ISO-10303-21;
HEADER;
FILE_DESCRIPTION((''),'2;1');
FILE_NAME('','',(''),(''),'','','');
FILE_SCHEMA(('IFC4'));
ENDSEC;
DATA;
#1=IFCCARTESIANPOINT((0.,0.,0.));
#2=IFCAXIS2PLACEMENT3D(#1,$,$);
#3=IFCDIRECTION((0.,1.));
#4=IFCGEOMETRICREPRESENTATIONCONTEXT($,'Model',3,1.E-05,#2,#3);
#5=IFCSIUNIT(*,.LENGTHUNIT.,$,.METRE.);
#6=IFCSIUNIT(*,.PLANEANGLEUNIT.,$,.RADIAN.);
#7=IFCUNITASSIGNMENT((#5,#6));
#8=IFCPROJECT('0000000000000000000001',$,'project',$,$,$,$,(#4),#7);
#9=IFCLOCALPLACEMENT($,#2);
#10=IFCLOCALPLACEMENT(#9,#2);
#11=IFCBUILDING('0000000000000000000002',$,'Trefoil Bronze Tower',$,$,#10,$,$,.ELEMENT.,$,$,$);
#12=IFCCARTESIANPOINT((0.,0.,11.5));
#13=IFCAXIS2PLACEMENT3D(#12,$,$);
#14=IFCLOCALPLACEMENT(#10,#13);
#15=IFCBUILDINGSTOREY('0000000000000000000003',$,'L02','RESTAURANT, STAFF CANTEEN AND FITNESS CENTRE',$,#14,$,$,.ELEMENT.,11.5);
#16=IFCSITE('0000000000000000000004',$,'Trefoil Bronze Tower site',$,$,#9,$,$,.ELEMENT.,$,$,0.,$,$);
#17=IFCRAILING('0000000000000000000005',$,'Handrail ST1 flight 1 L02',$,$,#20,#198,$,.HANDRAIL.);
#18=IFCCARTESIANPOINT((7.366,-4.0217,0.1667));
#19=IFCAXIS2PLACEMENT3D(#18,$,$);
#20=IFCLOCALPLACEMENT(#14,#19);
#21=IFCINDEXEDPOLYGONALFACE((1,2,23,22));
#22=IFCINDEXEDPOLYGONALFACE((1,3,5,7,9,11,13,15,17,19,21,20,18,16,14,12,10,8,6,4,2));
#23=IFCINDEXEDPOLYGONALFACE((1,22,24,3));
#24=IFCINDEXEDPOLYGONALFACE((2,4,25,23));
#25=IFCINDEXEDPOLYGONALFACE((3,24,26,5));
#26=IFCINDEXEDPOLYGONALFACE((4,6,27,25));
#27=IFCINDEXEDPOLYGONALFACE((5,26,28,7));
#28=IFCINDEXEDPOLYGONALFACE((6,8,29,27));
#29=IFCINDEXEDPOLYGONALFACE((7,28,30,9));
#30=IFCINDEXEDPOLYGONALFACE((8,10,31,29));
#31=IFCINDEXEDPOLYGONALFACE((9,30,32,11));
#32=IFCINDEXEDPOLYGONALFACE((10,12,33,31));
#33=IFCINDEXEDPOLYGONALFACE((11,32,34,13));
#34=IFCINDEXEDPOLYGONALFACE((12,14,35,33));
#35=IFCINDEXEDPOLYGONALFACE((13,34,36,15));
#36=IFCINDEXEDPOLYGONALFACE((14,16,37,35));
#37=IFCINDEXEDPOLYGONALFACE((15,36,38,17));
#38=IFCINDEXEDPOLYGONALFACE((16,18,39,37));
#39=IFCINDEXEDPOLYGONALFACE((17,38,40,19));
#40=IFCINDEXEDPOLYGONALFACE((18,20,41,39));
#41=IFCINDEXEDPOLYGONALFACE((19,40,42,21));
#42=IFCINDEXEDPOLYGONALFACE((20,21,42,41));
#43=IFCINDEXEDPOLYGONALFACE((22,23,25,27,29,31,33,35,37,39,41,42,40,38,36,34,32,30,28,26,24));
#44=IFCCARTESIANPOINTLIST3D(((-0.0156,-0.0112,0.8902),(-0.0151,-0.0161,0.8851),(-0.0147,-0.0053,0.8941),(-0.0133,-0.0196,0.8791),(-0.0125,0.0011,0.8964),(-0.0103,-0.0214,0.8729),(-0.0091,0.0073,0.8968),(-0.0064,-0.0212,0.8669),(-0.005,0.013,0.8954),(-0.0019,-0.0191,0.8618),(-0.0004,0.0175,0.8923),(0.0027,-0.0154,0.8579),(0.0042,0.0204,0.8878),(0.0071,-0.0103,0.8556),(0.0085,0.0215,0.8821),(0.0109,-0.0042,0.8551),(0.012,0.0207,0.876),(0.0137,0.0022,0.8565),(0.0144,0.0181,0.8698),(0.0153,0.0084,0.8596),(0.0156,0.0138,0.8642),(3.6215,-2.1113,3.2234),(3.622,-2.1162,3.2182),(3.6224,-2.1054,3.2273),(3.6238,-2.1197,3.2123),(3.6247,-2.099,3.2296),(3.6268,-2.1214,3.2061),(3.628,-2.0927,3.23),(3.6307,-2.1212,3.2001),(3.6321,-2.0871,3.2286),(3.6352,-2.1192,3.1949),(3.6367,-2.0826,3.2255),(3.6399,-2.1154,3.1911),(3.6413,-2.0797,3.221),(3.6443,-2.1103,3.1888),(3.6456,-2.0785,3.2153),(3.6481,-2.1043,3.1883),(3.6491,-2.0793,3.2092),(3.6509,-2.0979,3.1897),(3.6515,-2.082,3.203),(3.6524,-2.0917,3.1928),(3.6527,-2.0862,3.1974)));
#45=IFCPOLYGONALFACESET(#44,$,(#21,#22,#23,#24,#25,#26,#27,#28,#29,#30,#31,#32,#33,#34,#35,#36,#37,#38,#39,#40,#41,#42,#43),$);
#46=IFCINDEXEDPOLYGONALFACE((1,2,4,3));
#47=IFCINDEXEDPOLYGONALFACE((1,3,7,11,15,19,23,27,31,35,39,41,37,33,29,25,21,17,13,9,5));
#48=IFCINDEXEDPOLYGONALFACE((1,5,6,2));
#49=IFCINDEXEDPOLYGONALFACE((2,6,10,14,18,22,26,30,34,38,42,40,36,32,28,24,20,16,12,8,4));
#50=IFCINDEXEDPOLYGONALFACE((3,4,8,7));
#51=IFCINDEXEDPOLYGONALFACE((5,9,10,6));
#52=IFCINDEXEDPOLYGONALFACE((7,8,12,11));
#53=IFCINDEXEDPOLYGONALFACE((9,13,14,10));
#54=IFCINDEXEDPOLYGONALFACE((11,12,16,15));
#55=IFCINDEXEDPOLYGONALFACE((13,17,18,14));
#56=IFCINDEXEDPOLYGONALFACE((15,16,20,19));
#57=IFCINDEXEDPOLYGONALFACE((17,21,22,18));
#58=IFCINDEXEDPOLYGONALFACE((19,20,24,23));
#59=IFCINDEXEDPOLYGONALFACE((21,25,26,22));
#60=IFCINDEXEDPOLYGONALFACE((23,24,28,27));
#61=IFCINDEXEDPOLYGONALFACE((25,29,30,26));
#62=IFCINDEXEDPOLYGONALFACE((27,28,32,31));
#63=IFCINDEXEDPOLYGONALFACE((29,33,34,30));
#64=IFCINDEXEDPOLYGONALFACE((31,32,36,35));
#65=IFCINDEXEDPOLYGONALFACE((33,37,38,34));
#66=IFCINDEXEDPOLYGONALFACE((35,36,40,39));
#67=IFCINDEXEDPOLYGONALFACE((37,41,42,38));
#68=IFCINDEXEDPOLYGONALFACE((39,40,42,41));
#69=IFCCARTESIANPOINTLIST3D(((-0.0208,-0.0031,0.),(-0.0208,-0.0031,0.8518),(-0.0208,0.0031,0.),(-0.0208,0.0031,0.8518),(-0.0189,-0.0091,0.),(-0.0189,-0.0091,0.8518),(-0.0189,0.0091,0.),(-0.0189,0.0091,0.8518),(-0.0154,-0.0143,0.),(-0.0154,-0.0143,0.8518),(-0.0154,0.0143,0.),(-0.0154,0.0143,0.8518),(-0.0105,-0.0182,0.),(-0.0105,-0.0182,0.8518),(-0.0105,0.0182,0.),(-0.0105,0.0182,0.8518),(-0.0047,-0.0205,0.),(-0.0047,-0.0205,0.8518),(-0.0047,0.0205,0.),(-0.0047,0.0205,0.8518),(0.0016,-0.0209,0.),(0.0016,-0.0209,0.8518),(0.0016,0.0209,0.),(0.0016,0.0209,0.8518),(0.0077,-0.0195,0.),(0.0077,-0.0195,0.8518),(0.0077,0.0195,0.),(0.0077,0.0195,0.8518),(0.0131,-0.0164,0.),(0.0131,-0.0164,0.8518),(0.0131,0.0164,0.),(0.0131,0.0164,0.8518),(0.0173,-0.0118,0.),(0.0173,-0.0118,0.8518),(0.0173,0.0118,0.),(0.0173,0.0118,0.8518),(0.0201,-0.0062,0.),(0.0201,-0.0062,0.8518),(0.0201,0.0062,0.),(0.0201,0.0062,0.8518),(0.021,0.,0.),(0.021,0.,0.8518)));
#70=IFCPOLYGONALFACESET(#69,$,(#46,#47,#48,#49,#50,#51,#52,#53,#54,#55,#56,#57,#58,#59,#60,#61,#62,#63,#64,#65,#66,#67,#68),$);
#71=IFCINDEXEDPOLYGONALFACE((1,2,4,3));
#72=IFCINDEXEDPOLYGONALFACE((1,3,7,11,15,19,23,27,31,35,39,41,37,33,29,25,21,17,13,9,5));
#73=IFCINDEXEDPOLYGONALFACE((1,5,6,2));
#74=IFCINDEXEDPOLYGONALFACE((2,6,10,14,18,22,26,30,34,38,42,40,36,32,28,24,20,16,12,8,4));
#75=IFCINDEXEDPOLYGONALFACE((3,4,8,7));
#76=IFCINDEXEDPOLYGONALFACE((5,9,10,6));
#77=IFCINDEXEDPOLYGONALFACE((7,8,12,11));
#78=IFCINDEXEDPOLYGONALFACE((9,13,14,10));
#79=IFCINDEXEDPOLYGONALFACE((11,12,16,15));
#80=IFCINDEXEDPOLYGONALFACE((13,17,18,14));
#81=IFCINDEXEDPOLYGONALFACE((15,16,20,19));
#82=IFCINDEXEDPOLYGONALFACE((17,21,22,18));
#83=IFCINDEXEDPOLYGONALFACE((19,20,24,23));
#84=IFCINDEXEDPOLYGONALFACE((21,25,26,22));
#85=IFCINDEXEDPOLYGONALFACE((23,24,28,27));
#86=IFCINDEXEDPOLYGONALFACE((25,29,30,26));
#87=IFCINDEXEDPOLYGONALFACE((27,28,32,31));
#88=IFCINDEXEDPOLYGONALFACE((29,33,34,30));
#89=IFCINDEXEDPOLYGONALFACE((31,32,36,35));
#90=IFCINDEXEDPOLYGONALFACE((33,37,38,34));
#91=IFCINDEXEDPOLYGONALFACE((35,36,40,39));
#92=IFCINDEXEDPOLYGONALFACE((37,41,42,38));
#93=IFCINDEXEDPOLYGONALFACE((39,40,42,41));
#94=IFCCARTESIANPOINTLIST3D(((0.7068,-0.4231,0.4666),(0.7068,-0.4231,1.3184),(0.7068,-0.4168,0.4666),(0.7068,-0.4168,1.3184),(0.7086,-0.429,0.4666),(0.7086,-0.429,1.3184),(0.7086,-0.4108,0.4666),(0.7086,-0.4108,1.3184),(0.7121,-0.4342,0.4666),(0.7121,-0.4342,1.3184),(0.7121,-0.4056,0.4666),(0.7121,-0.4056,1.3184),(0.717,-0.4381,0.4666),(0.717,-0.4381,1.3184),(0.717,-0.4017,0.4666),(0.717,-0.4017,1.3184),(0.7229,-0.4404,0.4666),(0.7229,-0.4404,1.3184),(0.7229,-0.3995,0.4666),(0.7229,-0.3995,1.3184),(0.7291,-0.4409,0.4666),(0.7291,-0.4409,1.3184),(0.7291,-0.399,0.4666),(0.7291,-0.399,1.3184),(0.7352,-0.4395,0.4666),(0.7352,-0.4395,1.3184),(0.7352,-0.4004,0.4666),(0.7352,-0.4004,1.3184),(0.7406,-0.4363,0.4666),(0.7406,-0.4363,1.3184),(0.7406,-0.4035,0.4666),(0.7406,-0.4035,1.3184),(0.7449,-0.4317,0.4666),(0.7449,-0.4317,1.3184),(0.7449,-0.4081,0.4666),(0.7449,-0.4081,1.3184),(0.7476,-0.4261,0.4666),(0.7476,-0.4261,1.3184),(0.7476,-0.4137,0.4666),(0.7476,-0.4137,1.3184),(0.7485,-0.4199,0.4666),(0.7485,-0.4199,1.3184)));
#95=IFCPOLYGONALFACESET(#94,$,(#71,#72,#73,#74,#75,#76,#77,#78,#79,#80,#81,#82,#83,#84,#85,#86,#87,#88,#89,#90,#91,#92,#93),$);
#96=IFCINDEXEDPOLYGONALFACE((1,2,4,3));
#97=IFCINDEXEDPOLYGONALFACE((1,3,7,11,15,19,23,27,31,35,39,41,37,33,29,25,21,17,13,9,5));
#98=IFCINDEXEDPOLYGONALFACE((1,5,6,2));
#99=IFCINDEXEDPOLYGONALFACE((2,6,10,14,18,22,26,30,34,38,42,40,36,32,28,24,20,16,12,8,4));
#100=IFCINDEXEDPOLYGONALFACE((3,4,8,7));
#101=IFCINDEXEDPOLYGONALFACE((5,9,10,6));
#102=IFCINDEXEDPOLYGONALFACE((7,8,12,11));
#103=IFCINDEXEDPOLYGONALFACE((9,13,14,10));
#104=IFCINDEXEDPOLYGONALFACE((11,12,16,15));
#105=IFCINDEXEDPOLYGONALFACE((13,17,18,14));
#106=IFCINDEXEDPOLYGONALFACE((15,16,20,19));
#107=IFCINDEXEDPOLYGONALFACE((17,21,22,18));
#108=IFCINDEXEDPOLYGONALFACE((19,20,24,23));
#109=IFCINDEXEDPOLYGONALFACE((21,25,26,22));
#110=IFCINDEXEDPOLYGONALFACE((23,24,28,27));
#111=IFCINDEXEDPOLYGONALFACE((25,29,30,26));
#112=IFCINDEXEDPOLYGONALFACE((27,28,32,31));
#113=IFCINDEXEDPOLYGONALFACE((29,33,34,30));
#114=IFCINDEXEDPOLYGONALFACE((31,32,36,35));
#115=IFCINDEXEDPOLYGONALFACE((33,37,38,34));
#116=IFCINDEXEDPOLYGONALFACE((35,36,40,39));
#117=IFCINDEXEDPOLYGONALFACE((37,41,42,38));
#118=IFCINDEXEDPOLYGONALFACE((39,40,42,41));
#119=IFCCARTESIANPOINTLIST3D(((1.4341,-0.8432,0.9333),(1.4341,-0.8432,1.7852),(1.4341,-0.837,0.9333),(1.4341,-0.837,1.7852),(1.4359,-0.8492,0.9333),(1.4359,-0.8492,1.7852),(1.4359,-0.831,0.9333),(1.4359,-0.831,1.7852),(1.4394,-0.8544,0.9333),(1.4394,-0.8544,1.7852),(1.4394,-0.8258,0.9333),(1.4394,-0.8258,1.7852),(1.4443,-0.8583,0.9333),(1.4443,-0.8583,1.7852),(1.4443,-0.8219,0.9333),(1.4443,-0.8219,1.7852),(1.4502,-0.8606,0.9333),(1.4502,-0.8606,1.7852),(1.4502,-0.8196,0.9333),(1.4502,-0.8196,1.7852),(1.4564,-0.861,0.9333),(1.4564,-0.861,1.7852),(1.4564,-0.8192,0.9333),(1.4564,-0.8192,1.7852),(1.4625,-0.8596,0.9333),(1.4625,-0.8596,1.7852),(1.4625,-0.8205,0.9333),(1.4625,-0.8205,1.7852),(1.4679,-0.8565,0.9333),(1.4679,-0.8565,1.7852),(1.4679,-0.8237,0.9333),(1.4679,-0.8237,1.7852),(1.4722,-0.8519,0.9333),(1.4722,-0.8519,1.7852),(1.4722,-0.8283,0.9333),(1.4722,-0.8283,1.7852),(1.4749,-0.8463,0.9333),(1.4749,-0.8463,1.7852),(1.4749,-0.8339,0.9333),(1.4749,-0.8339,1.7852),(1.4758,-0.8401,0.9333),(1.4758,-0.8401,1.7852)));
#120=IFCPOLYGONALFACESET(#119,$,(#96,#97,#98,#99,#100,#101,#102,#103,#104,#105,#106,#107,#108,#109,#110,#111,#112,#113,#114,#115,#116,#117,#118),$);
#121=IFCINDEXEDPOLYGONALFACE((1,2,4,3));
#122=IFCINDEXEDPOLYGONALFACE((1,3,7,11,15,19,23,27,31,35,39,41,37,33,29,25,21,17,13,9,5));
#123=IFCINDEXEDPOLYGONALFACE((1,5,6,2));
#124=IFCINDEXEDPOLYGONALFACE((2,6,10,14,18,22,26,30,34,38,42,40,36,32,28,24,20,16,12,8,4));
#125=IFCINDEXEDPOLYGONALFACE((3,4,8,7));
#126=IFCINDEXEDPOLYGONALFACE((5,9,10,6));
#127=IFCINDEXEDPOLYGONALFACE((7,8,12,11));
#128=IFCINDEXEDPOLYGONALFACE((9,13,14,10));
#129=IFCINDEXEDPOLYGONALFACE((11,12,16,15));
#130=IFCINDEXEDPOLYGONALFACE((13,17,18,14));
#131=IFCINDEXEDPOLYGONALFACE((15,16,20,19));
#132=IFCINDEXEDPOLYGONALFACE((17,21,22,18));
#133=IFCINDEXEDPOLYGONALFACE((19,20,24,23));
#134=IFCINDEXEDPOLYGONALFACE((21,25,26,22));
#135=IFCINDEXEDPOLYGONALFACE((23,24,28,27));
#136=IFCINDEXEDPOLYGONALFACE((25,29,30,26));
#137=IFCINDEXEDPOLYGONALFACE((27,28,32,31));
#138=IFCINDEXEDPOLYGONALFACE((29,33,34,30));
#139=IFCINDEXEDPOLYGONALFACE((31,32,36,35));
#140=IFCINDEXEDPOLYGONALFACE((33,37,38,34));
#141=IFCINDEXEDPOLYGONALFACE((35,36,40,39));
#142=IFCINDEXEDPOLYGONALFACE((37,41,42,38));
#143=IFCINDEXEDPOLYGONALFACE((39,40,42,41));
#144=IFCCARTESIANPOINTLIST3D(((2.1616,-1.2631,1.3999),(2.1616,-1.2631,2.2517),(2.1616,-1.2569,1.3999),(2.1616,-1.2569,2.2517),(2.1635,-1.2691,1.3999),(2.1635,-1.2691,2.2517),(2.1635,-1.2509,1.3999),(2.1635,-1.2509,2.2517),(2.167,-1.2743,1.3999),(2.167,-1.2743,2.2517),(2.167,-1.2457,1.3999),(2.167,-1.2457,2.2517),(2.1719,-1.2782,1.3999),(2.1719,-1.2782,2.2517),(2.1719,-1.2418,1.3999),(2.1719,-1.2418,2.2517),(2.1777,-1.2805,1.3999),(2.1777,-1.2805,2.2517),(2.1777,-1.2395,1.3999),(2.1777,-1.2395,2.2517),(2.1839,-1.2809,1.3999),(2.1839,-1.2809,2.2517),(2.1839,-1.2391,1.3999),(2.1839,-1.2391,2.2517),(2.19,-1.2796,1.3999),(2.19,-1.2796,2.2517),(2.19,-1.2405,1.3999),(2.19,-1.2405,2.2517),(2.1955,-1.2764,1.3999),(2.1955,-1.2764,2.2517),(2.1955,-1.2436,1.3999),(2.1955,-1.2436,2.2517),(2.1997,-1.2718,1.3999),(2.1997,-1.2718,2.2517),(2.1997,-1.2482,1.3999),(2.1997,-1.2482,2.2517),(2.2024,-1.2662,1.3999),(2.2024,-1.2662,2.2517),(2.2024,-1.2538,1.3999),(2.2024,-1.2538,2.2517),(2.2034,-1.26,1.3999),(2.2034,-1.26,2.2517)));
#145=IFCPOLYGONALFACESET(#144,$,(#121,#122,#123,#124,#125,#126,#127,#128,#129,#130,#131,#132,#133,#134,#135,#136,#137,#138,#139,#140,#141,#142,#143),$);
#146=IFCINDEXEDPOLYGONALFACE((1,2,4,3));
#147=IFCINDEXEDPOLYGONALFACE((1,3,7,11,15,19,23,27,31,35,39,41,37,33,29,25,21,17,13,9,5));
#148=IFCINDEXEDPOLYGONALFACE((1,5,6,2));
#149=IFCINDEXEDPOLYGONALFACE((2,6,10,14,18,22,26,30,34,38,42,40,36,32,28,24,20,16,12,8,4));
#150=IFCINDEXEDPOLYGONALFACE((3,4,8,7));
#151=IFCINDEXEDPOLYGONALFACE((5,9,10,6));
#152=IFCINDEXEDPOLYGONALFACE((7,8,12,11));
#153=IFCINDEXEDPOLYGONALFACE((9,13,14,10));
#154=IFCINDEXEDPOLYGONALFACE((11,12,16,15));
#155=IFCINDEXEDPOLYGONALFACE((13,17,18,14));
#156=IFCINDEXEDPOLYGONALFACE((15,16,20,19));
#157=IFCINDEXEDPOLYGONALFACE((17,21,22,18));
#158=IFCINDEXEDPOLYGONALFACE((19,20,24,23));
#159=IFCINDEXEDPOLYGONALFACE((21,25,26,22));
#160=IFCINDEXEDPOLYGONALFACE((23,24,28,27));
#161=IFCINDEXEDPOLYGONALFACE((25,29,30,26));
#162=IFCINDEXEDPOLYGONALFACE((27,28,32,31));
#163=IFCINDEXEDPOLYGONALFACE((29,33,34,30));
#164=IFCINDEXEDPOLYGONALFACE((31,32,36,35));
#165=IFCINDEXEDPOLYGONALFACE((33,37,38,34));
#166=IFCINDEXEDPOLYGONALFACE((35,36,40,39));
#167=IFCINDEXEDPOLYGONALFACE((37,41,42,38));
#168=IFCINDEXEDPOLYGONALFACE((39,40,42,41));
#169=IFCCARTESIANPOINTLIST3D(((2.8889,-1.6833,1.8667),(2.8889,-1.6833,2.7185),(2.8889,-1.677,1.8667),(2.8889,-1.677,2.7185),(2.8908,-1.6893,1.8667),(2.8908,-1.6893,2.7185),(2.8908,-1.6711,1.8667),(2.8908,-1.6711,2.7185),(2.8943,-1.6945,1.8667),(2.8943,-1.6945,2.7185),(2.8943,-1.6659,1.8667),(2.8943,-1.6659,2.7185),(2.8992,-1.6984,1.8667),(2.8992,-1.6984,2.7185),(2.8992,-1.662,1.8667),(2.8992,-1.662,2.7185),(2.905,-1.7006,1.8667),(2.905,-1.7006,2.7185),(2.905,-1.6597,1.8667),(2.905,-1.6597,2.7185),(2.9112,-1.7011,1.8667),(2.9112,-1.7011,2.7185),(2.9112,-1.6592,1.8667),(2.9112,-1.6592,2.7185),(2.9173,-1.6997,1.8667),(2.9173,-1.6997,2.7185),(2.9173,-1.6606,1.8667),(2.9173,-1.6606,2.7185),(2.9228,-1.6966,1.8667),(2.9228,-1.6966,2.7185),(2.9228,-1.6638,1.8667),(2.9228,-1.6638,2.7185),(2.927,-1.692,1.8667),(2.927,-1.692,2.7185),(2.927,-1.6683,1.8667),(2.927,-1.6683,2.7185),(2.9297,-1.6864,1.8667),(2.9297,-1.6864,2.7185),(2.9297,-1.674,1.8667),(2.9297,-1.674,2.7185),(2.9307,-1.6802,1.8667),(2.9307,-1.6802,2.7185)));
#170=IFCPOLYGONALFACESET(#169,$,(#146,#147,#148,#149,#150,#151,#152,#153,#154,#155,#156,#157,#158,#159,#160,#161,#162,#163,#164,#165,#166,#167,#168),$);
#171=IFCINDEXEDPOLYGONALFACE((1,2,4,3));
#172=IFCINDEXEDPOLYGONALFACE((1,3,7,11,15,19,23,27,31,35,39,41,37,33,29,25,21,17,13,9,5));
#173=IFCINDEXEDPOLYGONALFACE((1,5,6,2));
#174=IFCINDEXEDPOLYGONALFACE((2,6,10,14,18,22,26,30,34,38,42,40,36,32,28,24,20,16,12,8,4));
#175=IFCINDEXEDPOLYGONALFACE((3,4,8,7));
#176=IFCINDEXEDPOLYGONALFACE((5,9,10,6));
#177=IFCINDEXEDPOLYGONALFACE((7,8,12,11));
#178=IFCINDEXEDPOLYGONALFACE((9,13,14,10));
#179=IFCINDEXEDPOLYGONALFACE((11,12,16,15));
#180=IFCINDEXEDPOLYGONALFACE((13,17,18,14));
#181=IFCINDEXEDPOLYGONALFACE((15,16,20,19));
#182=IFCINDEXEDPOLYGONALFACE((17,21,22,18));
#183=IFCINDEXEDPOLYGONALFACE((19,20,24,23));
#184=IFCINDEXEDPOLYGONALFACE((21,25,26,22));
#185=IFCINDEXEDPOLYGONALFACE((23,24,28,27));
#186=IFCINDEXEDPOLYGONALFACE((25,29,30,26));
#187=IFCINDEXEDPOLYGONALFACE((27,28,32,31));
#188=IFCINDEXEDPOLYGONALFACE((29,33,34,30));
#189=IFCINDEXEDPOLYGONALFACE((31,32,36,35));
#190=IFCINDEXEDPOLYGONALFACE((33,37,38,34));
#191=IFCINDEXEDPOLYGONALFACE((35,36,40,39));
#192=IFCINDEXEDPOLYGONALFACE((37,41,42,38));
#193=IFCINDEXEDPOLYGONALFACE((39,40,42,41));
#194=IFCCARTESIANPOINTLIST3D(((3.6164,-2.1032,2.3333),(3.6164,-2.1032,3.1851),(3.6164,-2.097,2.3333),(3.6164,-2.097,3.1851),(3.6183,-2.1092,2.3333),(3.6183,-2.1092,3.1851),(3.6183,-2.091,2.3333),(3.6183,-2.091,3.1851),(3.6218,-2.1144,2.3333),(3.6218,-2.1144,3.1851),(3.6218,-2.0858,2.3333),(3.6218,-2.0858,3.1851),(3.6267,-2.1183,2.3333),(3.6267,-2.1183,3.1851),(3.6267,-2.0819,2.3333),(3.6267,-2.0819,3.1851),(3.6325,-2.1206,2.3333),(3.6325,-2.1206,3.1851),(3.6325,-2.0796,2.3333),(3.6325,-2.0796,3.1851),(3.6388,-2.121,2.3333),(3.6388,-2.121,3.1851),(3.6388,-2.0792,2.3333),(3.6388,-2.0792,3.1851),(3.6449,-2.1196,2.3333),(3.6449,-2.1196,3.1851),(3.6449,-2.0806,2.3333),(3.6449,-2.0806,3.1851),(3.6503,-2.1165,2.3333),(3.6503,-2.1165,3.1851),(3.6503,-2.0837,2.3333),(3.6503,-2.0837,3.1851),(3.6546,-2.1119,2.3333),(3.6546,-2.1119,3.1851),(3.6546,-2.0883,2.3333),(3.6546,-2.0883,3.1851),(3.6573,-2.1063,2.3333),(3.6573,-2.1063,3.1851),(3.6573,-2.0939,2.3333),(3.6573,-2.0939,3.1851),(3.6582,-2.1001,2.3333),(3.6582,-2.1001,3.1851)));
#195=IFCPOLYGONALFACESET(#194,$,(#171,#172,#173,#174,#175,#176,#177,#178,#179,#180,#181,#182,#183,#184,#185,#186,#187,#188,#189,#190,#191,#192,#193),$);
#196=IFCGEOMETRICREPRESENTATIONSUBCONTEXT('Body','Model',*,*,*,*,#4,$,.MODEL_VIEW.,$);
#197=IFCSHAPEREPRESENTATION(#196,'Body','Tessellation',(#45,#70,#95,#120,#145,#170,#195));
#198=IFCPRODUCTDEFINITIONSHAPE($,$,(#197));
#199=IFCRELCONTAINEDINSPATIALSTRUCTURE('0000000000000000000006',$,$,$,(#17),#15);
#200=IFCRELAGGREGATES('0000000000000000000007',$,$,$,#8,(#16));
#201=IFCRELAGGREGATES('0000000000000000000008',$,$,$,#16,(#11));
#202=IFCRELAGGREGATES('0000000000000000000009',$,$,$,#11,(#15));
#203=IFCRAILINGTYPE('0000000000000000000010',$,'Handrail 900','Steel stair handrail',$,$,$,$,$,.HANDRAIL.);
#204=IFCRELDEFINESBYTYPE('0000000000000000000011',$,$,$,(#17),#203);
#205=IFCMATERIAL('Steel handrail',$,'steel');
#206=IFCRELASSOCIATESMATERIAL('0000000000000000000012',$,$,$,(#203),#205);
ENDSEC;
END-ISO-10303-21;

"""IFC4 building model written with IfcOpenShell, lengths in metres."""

from ifc_helpers import new_model, si_unit, direction, frame, origin, origin_2d, place, context, subcontext, project, spatial, circle, extrude, material, type_object, element, save


model = new_model("IFC4")

# Units and contexts
model_context = context("Model", 3, precision=1e-05, world=origin(), true_north=direction((0.0, 1.0)))
body_context = subcontext(model_context, "Body", "Model", "MODEL_VIEW")
ifc_project = project(units=[si_unit("LENGTHUNIT", "METRE"), si_unit("PLANEANGLEUNIT", "RADIAN")], contexts=[model_context])

# Site, building, storey
site_placement = place(None, origin())
site = spatial("IfcSite", under=ifc_project, at=site_placement, Name="Trefoil Bronze Tower site", CompositionType="ELEMENT", RefElevation=0.0)
building_placement = place(site_placement, origin())
building = spatial("IfcBuilding", under=site, at=building_placement, Name="Trefoil Bronze Tower", CompositionType="ELEMENT")
storey_placement = place(building_placement, frame((0.0, 0.0, 11.5)))
storey = spatial("IfcBuildingStorey", under=building, at=storey_placement, Name="L02", Description="RESTAURANT, STAFF CANTEEN AND FITNESS CENTRE", CompositionType="ELEMENT", Elevation=11.5)

# Railing
ifc_material_1 = material(Name="Steel handrail", Category="steel")
railing_type = type_object("IfcRailingType", Name="Handrail 900", Description="Steel stair handrail", PredefinedType="HANDRAIL", material=ifc_material_1)
railing_placement = place(storey_placement, frame((7.366, -4.0217, 0.1667)))
element("IfcRailing", 1, at=railing_placement, inside=storey, type_object=railing_type, Name="Handrail ST1 flight 1 L02", PredefinedType="HANDRAIL", context=body_context, shape_type="SweptSolid", body=[
    extrude(circle(Radius=0.0239, at=origin_2d()), frame((0.0, 0.0, 0.876), z_axis=(0.757033, -0.437106, 0.485633), x_axis=(0.500028, 0.866009, 0.0)), (0.0, 0.0, 1.0), 4.8044),
    extrude(circle(Radius=0.021, at=origin_2d()), origin(), (0.0, 0.0, 1.0), 0.8518),
    extrude(circle(Radius=0.021, at=origin_2d()), frame((0.7275, -0.4199, 0.4666)), (0.0, 0.0, 1.0), 0.8518),
    extrude(circle(Radius=0.021, at=origin_2d()), frame((1.4548, -0.8401, 0.9333)), (0.0, 0.0, 1.0), 0.8518),
    extrude(circle(Radius=0.021, at=origin_2d()), frame((2.1824, -1.26, 1.3999)), (0.0, 0.0, 1.0), 0.8518),
    extrude(circle(Radius=0.021, at=origin_2d()), frame((2.9097, -1.6802, 1.8667)), (0.0, 0.0, 1.0), 0.8518),
    extrude(circle(Radius=0.021, at=origin_2d()), frame((3.6372, -2.1001, 2.3333)), (0.0, 0.0, 1.0), 0.8518),
])

save(model, "model.ifc")
